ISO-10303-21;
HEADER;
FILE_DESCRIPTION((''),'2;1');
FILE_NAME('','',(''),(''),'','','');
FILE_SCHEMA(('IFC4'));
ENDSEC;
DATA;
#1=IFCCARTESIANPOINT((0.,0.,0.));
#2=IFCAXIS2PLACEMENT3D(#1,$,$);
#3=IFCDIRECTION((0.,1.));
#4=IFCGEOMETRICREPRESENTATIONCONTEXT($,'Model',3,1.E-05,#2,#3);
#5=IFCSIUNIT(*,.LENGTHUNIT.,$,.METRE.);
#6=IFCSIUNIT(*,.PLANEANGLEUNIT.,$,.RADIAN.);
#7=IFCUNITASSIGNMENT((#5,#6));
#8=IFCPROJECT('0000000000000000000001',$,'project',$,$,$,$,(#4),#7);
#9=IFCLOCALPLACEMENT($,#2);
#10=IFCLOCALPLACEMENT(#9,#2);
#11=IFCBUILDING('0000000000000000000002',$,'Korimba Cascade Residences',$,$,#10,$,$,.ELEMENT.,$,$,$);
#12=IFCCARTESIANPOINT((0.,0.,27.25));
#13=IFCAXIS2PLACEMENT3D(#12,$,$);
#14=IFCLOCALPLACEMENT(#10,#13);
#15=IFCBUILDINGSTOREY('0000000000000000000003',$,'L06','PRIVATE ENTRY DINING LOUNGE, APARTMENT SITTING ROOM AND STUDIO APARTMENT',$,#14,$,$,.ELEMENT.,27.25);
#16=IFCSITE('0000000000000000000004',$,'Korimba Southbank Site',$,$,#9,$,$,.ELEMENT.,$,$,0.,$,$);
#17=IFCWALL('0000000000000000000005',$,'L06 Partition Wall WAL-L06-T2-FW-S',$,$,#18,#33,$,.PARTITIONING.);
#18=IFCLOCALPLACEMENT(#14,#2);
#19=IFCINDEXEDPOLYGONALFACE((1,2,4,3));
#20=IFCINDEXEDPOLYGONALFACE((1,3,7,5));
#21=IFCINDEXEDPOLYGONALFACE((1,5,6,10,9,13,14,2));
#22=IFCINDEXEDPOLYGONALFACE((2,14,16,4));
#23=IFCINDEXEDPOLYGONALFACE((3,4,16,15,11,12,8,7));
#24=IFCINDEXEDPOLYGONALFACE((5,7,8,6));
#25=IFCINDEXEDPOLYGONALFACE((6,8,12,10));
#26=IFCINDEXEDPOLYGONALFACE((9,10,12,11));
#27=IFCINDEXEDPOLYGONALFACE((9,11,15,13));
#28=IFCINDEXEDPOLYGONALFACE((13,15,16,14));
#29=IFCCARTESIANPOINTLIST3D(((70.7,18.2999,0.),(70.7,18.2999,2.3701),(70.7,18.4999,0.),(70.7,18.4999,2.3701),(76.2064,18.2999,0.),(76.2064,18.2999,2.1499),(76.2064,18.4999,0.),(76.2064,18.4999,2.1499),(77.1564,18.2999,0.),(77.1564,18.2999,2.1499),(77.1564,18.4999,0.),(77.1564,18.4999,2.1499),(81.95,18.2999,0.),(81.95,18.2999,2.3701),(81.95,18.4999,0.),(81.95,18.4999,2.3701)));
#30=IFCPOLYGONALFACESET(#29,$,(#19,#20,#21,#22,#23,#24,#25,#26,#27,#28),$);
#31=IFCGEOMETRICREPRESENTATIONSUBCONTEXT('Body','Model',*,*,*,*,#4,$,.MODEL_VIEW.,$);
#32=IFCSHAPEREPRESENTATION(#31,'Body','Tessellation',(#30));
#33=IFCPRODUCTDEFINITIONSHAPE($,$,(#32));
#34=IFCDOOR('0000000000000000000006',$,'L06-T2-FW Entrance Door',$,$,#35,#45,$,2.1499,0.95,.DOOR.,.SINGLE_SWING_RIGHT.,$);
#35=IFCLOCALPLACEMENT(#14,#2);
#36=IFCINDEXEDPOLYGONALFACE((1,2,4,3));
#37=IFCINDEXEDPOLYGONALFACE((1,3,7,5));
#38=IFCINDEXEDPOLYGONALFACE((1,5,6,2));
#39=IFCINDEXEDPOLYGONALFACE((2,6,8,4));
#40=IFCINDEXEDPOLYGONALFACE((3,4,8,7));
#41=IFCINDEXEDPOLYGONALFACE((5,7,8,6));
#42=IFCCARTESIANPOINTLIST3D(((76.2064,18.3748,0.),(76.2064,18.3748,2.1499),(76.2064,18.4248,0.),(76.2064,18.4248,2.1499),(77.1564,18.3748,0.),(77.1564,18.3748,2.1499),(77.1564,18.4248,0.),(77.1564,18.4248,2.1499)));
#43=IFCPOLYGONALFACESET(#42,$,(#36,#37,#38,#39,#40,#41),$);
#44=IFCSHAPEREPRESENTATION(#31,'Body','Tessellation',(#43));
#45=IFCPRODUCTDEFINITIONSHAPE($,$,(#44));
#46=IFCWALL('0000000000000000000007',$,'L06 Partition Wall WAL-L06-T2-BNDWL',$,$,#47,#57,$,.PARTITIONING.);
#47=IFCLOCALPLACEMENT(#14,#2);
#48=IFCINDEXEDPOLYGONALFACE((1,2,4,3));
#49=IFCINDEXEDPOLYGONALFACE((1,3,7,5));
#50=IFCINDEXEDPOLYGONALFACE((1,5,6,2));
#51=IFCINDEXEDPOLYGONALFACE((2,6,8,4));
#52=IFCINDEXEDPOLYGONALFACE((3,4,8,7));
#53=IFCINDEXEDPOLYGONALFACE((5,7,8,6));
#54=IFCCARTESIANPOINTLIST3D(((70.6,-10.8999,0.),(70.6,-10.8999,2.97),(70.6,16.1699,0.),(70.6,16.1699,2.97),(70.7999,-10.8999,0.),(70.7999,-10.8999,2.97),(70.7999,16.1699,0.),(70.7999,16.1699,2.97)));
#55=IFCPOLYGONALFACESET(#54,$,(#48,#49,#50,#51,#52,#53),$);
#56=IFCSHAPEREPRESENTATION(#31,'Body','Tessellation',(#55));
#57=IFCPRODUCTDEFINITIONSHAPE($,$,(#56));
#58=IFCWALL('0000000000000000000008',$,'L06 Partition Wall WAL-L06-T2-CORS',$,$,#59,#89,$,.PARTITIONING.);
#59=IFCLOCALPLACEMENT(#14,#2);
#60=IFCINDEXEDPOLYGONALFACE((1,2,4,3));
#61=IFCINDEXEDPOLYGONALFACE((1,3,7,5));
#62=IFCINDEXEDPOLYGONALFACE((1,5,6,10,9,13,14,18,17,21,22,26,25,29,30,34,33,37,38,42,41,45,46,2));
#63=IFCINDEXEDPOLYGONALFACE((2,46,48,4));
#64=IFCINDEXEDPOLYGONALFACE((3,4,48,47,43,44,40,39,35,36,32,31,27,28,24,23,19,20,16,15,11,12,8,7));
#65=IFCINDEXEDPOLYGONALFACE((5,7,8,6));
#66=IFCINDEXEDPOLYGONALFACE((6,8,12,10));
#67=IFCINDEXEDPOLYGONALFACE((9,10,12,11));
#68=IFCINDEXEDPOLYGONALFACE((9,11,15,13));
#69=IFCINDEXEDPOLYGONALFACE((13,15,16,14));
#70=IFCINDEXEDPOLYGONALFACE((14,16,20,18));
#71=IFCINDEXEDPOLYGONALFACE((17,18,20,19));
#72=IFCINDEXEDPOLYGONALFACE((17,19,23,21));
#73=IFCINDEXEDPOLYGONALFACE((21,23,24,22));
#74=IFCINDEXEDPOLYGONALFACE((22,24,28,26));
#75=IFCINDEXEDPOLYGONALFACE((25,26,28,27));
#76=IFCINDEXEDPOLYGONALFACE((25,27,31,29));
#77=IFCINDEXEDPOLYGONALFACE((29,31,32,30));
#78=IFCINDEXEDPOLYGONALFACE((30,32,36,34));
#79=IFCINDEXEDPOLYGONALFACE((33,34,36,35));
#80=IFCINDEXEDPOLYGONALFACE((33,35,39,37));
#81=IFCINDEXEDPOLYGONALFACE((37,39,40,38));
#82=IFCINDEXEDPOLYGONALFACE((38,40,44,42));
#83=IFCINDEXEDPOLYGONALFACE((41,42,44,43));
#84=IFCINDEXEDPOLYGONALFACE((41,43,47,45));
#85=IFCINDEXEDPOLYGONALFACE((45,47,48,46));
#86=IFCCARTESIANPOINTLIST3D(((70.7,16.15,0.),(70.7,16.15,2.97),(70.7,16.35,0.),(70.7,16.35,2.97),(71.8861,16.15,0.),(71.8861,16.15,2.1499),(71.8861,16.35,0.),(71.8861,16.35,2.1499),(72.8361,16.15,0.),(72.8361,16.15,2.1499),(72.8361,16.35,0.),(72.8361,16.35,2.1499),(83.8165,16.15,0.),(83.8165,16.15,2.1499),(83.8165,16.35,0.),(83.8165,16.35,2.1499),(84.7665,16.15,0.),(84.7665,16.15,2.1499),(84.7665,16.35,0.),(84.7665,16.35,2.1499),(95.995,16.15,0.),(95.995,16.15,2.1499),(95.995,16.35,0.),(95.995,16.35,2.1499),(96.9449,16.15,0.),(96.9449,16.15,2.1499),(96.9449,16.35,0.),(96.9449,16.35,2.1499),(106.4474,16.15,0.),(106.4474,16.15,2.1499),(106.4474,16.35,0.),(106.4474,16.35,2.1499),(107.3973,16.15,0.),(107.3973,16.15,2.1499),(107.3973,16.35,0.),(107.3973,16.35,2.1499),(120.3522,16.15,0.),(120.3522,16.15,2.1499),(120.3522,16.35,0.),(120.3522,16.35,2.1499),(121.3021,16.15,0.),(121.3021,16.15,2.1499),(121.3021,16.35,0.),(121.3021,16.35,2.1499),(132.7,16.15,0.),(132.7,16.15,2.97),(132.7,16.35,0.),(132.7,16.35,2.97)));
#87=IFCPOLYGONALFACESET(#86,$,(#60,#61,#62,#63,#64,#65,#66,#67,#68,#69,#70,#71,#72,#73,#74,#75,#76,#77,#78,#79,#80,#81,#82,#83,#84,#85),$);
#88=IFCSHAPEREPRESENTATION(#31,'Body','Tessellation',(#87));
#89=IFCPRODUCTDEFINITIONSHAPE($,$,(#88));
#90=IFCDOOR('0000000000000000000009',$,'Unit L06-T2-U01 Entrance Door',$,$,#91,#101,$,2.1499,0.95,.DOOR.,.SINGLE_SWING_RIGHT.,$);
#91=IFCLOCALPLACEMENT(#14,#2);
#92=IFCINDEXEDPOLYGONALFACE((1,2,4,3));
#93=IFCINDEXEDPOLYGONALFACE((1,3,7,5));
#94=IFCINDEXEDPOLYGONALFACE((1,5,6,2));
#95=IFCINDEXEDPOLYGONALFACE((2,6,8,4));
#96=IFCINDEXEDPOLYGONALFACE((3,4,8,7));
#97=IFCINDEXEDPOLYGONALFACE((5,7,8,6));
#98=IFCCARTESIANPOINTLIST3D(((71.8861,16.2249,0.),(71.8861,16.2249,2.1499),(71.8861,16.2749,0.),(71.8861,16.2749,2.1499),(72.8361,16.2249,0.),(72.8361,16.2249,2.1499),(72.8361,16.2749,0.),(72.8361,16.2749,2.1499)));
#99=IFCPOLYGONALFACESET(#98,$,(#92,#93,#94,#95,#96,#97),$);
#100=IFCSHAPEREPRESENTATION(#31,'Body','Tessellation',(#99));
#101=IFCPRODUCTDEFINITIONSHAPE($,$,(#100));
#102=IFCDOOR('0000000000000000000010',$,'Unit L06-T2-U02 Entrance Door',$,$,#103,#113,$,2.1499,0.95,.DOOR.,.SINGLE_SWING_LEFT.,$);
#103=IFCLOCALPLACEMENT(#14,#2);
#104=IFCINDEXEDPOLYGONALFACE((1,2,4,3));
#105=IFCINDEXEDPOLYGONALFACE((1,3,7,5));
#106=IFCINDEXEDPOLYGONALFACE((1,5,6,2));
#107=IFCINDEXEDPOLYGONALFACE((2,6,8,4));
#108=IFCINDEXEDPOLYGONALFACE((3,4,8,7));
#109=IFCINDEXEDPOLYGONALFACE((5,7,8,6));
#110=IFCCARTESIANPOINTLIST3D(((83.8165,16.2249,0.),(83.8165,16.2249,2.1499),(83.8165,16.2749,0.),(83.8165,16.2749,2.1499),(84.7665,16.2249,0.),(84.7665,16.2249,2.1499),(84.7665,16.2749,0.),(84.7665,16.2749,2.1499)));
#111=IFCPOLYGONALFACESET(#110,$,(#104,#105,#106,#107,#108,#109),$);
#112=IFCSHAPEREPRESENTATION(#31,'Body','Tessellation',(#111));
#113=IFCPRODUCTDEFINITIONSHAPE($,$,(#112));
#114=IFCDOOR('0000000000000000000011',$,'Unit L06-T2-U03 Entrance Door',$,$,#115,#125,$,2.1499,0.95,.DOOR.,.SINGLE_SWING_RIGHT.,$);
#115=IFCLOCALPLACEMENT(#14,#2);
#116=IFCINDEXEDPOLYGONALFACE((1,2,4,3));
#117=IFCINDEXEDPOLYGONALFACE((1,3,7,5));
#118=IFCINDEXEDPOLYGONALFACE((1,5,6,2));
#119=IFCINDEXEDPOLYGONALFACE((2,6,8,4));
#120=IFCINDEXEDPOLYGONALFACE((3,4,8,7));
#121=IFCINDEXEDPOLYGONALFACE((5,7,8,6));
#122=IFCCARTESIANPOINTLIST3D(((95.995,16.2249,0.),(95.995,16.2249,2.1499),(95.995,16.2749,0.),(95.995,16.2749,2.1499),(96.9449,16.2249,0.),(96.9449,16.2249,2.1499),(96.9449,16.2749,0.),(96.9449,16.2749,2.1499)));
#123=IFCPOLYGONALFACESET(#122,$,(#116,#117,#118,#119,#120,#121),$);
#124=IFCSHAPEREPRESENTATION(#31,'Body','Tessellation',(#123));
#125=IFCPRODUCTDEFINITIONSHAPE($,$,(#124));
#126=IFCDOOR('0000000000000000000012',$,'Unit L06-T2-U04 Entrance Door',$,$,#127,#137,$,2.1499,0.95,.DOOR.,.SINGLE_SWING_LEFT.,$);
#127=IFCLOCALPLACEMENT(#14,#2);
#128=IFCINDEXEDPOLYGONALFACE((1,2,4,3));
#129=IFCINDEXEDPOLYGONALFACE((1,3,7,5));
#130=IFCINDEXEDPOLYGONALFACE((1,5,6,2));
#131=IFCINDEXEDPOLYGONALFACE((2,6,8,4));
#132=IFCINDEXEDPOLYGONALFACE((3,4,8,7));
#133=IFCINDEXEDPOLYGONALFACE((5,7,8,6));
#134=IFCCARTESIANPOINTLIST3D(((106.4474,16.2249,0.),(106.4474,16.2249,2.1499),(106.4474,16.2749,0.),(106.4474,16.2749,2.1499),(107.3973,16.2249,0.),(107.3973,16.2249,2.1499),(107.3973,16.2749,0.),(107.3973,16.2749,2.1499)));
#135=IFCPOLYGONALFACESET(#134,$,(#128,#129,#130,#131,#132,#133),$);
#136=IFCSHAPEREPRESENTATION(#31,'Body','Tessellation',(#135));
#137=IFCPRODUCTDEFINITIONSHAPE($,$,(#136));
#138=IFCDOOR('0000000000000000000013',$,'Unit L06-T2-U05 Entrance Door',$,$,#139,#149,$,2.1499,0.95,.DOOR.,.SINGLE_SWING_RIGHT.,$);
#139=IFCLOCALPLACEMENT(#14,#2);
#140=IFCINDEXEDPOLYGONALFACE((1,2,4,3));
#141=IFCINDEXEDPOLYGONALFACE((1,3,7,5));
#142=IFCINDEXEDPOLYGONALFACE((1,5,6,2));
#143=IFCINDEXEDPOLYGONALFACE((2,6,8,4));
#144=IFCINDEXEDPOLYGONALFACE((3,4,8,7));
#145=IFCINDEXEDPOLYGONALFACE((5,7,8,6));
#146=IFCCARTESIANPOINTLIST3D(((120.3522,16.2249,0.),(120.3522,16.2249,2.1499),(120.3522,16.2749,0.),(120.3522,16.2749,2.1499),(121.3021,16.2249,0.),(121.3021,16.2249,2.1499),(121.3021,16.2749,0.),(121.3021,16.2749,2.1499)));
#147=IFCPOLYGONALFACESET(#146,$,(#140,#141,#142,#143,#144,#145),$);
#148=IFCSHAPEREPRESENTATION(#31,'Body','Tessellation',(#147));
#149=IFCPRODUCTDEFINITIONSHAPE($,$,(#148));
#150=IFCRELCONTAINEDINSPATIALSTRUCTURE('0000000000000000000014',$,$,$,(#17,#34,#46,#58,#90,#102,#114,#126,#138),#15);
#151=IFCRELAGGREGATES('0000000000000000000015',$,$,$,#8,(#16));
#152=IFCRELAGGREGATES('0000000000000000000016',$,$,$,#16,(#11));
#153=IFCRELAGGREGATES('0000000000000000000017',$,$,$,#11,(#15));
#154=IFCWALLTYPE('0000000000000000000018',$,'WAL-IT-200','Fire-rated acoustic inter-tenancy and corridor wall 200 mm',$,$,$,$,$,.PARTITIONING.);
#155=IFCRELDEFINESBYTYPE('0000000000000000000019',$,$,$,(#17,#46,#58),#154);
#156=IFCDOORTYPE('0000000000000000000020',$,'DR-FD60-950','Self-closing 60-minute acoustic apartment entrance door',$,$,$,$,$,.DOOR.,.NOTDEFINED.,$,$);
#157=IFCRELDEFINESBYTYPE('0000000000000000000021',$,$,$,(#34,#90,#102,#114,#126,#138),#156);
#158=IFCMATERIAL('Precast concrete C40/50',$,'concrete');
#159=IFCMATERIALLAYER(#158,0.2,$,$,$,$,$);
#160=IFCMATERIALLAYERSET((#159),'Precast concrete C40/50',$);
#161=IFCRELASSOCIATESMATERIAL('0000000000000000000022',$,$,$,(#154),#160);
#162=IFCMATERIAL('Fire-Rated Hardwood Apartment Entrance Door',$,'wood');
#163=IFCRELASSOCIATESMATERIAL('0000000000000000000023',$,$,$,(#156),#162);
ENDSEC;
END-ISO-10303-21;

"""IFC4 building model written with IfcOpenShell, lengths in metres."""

from ifc_helpers import new_model, si_unit, direction, frame, frame_2d, origin, place, context, subcontext, project, spatial, rectangle, extrude, material, layer, layer_set, type_object, element, fill, save


model = new_model("IFC4")

# Units and contexts
model_context = context("Model", 3, precision=1e-05, world=origin(), true_north=direction((0.0, 1.0)))
body_context = subcontext(model_context, "Body", "Model", "MODEL_VIEW")
ifc_project = project(units=[si_unit("LENGTHUNIT", "METRE"), si_unit("PLANEANGLEUNIT", "RADIAN")], contexts=[model_context])

# Site, building, storey
site_placement = place(None, origin())
site = spatial("IfcSite", under=ifc_project, at=site_placement, Name="Korimba Southbank Site", CompositionType="ELEMENT", RefElevation=0.0)
building_placement = place(site_placement, origin())
building = spatial("IfcBuilding", under=site, at=building_placement, Name="Korimba Cascade Residences", CompositionType="ELEMENT")
storey_placement = place(building_placement, frame((0.0, 0.0, 27.25)))
storey = spatial("IfcBuildingStorey", under=building, at=storey_placement, Name="L06", Description="PRIVATE ENTRY DINING LOUNGE, APARTMENT SITTING ROOM AND STUDIO APARTMENT", CompositionType="ELEMENT", Elevation=27.25)

# Shared definitions
ifc_material_1 = material(Name="Precast concrete C40/50", Category="concrete")

# Shared definitions
ifc_layer_1 = layer(ifc_material_1, 0.2)
ifc_layer_set_1 = layer_set([ifc_layer_1], Name="Precast concrete C40/50")
wall_type_1 = type_object("IfcWallType", Name="WAL-IT-200", Description="Fire-rated acoustic inter-tenancy and corridor wall 200 mm", PredefinedType="PARTITIONING", material=ifc_layer_set_1)

# Wall, opening, door
wall_1_placement = place(storey_placement, frame((70.7, 18.3999, 0.0), z_axis=(0.0, 0.0, 1.0), x_axis=(1.0, 0.0, 0.0)))
wall_1 = element("IfcWall", 1, at=wall_1_placement, inside=storey, type_object=wall_type_1, Name="L06 Partition Wall WAL-L06-T2-FW-S", PredefinedType="PARTITIONING", context=body_context, shape_type="SweptSolid", body=[
    extrude(rectangle(XDim=11.25, YDim=0.2, at=frame_2d((5.625, 0.0))), origin(), (0.0, 0.0, 1.0), 2.3701),
])
opening_1_placement = place(wall_1_placement, frame((5.5063, 0.0, 0.0)))
opening_1 = element("IfcOpeningElement", 2, at=opening_1_placement, cuts=wall_1, PredefinedType="OPENING", context=body_context, shape_type="SweptSolid", body=[
    extrude(rectangle(XDim=0.95, YDim=2.1499, at=frame_2d((0.4751, 1.075))), frame((0.0, 0.1099, 0.0), z_axis=(0.0, -1.0, 0.0), x_axis=(1.0, 0.0, 0.0)), (0.0, 0.0, 1.0), 0.22),
])
ifc_material_2 = material(Name="Fire-Rated Hardwood Apartment Entrance Door", Category="wood")
door_type_1 = type_object("IfcDoorType", Name="DR-FD60-950", Description="Self-closing 60-minute acoustic apartment entrance door", OperationType="NOTDEFINED", PredefinedType="DOOR", material=ifc_material_2)
door_1_placement = place(opening_1_placement, origin())
door_1 = element("IfcDoor", 3, at=door_1_placement, inside=storey, type_object=door_type_1, Name="L06-T2-FW Entrance Door", OperationType="SINGLE_SWING_RIGHT", OverallHeight=2.1499, OverallWidth=0.95, PredefinedType="DOOR", context=body_context, shape_type="SweptSolid", body=[
    extrude(rectangle(XDim=0.95, YDim=2.1499, at=frame_2d((0.4751, 1.075))), frame((0.0, 0.0249, 0.0), z_axis=(0.0, -1.0, 0.0), x_axis=(1.0, 0.0, 0.0)), (0.0, 0.0, 1.0), 0.05),
])
fill(opening_1, door_1)

# Wall
wall_2_placement = place(storey_placement, frame((70.7, -10.8999, 0.0), z_axis=(0.0, 0.0, 1.0), x_axis=(0.0, 1.0, 0.0)))
element("IfcWall", 4, at=wall_2_placement, inside=storey, type_object=wall_type_1, Name="L06 Partition Wall WAL-L06-T2-BNDWL", PredefinedType="PARTITIONING", context=body_context, shape_type="SweptSolid", body=[
    extrude(rectangle(XDim=27.0698, YDim=0.2, at=frame_2d((13.5349, 0.0))), origin(), (0.0, 0.0, 1.0), 2.97),
])

# Wall, openings, doors
wall_3_placement = place(storey_placement, frame((70.7, 16.25, 0.0), z_axis=(0.0, 0.0, 1.0), x_axis=(1.0, 0.0, 0.0)))
wall_3 = element("IfcWall", 5, at=wall_3_placement, inside=storey, type_object=wall_type_1, Name="L06 Partition Wall WAL-L06-T2-CORS", PredefinedType="PARTITIONING", context=body_context, shape_type="SweptSolid", body=[
    extrude(rectangle(XDim=62.0, YDim=0.2, at=frame_2d((31.0, 0.0))), origin(), (0.0, 0.0, 1.0), 2.97),
])
opening_2_placement = place(wall_3_placement, frame((1.186, 0.0, 0.0)))
opening_2 = element("IfcOpeningElement", 6, at=opening_2_placement, cuts=wall_3, PredefinedType="OPENING", context=body_context, shape_type="SweptSolid", body=[
    extrude(rectangle(XDim=0.95, YDim=2.1499, at=frame_2d((0.4751, 1.075))), frame((0.0, 0.1099, 0.0), z_axis=(0.0, -1.0, 0.0), x_axis=(1.0, 0.0, 0.0)), (0.0, 0.0, 1.0), 0.22),
])
opening_3_placement = place(wall_3_placement, frame((13.1165, 0.0, 0.0)))
opening_3 = element("IfcOpeningElement", 7, at=opening_3_placement, cuts=wall_3, PredefinedType="OPENING", context=body_context, shape_type="SweptSolid", body=[
    extrude(rectangle(XDim=0.95, YDim=2.1499, at=frame_2d((0.4751, 1.075))), frame((0.0, 0.1099, 0.0), z_axis=(0.0, -1.0, 0.0), x_axis=(1.0, 0.0, 0.0)), (0.0, 0.0, 1.0), 0.22),
])
opening_4_placement = place(wall_3_placement, frame((25.2949, 0.0, 0.0)))
opening_4 = element("IfcOpeningElement", 8, at=opening_4_placement, cuts=wall_3, PredefinedType="OPENING", context=body_context, shape_type="SweptSolid", body=[
    extrude(rectangle(XDim=0.95, YDim=2.1499, at=frame_2d((0.4751, 1.075))), frame((0.0, 0.1099, 0.0), z_axis=(0.0, -1.0, 0.0), x_axis=(1.0, 0.0, 0.0)), (0.0, 0.0, 1.0), 0.22),
])
opening_5_placement = place(wall_3_placement, frame((35.7473, 0.0, 0.0)))
opening_5 = element("IfcOpeningElement", 9, at=opening_5_placement, cuts=wall_3, PredefinedType="OPENING", context=body_context, shape_type="SweptSolid", body=[
    extrude(rectangle(XDim=0.95, YDim=2.1499, at=frame_2d((0.4751, 1.075))), frame((0.0, 0.1099, 0.0), z_axis=(0.0, -1.0, 0.0), x_axis=(1.0, 0.0, 0.0)), (0.0, 0.0, 1.0), 0.22),
])
opening_6_placement = place(wall_3_placement, frame((49.6521, 0.0, 0.0)))
opening_6 = element("IfcOpeningElement", 10, at=opening_6_placement, cuts=wall_3, PredefinedType="OPENING", context=body_context, shape_type="SweptSolid", body=[
    extrude(rectangle(XDim=0.95, YDim=2.1499, at=frame_2d((0.4751, 1.075))), frame((0.0, 0.1099, 0.0), z_axis=(0.0, -1.0, 0.0), x_axis=(1.0, 0.0, 0.0)), (0.0, 0.0, 1.0), 0.22),
])
door_2_placement = place(opening_2_placement, origin())
door_2 = element("IfcDoor", 11, at=door_2_placement, inside=storey, type_object=door_type_1, Name="Unit L06-T2-U01 Entrance Door", OperationType="SINGLE_SWING_RIGHT", OverallHeight=2.1499, OverallWidth=0.95, PredefinedType="DOOR", context=body_context, shape_type="SweptSolid", body=[
    extrude(rectangle(XDim=0.95, YDim=2.1499, at=frame_2d((0.4751, 1.075))), frame((0.0, 0.0249, 0.0), z_axis=(0.0, -1.0, 0.0), x_axis=(1.0, 0.0, 0.0)), (0.0, 0.0, 1.0), 0.05),
])
fill(opening_2, door_2)
door_3_placement = place(opening_3_placement, origin())
door_3 = element("IfcDoor", 12, at=door_3_placement, inside=storey, type_object=door_type_1, Name="Unit L06-T2-U02 Entrance Door", OperationType="SINGLE_SWING_LEFT", OverallHeight=2.1499, OverallWidth=0.95, PredefinedType="DOOR", context=body_context, shape_type="SweptSolid", body=[
    extrude(rectangle(XDim=0.95, YDim=2.1499, at=frame_2d((0.4751, 1.075))), frame((0.0, 0.0249, 0.0), z_axis=(0.0, -1.0, 0.0), x_axis=(1.0, 0.0, 0.0)), (0.0, 0.0, 1.0), 0.05),
])
fill(opening_3, door_3)
door_4_placement = place(opening_4_placement, origin())
door_4 = element("IfcDoor", 13, at=door_4_placement, inside=storey, type_object=door_type_1, Name="Unit L06-T2-U03 Entrance Door", OperationType="SINGLE_SWING_RIGHT", OverallHeight=2.1499, OverallWidth=0.95, PredefinedType="DOOR", context=body_context, shape_type="SweptSolid", body=[
    extrude(rectangle(XDim=0.95, YDim=2.1499, at=frame_2d((0.4751, 1.075))), frame((0.0, 0.0249, 0.0), z_axis=(0.0, -1.0, 0.0), x_axis=(1.0, 0.0, 0.0)), (0.0, 0.0, 1.0), 0.05),
])
fill(opening_4, door_4)
door_5_placement = place(opening_5_placement, origin())
door_5 = element("IfcDoor", 14, at=door_5_placement, inside=storey, type_object=door_type_1, Name="Unit L06-T2-U04 Entrance Door", OperationType="SINGLE_SWING_LEFT", OverallHeight=2.1499, OverallWidth=0.95, PredefinedType="DOOR", context=body_context, shape_type="SweptSolid", body=[
    extrude(rectangle(XDim=0.95, YDim=2.1499, at=frame_2d((0.4751, 1.075))), frame((0.0, 0.0249, 0.0), z_axis=(0.0, -1.0, 0.0), x_axis=(1.0, 0.0, 0.0)), (0.0, 0.0, 1.0), 0.05),
])
fill(opening_5, door_5)
door_6_placement = place(opening_6_placement, origin())
door_6 = element("IfcDoor", 15, at=door_6_placement, inside=storey, type_object=door_type_1, Name="Unit L06-T2-U05 Entrance Door", OperationType="SINGLE_SWING_RIGHT", OverallHeight=2.1499, OverallWidth=0.95, PredefinedType="DOOR", context=body_context, shape_type="SweptSolid", body=[
    extrude(rectangle(XDim=0.95, YDim=2.1499, at=frame_2d((0.4751, 1.075))), frame((0.0, 0.0249, 0.0), z_axis=(0.0, -1.0, 0.0), x_axis=(1.0, 0.0, 0.0)), (0.0, 0.0, 1.0), 0.05),
])
fill(opening_6, door_6)

save(model, "model.ifc")
